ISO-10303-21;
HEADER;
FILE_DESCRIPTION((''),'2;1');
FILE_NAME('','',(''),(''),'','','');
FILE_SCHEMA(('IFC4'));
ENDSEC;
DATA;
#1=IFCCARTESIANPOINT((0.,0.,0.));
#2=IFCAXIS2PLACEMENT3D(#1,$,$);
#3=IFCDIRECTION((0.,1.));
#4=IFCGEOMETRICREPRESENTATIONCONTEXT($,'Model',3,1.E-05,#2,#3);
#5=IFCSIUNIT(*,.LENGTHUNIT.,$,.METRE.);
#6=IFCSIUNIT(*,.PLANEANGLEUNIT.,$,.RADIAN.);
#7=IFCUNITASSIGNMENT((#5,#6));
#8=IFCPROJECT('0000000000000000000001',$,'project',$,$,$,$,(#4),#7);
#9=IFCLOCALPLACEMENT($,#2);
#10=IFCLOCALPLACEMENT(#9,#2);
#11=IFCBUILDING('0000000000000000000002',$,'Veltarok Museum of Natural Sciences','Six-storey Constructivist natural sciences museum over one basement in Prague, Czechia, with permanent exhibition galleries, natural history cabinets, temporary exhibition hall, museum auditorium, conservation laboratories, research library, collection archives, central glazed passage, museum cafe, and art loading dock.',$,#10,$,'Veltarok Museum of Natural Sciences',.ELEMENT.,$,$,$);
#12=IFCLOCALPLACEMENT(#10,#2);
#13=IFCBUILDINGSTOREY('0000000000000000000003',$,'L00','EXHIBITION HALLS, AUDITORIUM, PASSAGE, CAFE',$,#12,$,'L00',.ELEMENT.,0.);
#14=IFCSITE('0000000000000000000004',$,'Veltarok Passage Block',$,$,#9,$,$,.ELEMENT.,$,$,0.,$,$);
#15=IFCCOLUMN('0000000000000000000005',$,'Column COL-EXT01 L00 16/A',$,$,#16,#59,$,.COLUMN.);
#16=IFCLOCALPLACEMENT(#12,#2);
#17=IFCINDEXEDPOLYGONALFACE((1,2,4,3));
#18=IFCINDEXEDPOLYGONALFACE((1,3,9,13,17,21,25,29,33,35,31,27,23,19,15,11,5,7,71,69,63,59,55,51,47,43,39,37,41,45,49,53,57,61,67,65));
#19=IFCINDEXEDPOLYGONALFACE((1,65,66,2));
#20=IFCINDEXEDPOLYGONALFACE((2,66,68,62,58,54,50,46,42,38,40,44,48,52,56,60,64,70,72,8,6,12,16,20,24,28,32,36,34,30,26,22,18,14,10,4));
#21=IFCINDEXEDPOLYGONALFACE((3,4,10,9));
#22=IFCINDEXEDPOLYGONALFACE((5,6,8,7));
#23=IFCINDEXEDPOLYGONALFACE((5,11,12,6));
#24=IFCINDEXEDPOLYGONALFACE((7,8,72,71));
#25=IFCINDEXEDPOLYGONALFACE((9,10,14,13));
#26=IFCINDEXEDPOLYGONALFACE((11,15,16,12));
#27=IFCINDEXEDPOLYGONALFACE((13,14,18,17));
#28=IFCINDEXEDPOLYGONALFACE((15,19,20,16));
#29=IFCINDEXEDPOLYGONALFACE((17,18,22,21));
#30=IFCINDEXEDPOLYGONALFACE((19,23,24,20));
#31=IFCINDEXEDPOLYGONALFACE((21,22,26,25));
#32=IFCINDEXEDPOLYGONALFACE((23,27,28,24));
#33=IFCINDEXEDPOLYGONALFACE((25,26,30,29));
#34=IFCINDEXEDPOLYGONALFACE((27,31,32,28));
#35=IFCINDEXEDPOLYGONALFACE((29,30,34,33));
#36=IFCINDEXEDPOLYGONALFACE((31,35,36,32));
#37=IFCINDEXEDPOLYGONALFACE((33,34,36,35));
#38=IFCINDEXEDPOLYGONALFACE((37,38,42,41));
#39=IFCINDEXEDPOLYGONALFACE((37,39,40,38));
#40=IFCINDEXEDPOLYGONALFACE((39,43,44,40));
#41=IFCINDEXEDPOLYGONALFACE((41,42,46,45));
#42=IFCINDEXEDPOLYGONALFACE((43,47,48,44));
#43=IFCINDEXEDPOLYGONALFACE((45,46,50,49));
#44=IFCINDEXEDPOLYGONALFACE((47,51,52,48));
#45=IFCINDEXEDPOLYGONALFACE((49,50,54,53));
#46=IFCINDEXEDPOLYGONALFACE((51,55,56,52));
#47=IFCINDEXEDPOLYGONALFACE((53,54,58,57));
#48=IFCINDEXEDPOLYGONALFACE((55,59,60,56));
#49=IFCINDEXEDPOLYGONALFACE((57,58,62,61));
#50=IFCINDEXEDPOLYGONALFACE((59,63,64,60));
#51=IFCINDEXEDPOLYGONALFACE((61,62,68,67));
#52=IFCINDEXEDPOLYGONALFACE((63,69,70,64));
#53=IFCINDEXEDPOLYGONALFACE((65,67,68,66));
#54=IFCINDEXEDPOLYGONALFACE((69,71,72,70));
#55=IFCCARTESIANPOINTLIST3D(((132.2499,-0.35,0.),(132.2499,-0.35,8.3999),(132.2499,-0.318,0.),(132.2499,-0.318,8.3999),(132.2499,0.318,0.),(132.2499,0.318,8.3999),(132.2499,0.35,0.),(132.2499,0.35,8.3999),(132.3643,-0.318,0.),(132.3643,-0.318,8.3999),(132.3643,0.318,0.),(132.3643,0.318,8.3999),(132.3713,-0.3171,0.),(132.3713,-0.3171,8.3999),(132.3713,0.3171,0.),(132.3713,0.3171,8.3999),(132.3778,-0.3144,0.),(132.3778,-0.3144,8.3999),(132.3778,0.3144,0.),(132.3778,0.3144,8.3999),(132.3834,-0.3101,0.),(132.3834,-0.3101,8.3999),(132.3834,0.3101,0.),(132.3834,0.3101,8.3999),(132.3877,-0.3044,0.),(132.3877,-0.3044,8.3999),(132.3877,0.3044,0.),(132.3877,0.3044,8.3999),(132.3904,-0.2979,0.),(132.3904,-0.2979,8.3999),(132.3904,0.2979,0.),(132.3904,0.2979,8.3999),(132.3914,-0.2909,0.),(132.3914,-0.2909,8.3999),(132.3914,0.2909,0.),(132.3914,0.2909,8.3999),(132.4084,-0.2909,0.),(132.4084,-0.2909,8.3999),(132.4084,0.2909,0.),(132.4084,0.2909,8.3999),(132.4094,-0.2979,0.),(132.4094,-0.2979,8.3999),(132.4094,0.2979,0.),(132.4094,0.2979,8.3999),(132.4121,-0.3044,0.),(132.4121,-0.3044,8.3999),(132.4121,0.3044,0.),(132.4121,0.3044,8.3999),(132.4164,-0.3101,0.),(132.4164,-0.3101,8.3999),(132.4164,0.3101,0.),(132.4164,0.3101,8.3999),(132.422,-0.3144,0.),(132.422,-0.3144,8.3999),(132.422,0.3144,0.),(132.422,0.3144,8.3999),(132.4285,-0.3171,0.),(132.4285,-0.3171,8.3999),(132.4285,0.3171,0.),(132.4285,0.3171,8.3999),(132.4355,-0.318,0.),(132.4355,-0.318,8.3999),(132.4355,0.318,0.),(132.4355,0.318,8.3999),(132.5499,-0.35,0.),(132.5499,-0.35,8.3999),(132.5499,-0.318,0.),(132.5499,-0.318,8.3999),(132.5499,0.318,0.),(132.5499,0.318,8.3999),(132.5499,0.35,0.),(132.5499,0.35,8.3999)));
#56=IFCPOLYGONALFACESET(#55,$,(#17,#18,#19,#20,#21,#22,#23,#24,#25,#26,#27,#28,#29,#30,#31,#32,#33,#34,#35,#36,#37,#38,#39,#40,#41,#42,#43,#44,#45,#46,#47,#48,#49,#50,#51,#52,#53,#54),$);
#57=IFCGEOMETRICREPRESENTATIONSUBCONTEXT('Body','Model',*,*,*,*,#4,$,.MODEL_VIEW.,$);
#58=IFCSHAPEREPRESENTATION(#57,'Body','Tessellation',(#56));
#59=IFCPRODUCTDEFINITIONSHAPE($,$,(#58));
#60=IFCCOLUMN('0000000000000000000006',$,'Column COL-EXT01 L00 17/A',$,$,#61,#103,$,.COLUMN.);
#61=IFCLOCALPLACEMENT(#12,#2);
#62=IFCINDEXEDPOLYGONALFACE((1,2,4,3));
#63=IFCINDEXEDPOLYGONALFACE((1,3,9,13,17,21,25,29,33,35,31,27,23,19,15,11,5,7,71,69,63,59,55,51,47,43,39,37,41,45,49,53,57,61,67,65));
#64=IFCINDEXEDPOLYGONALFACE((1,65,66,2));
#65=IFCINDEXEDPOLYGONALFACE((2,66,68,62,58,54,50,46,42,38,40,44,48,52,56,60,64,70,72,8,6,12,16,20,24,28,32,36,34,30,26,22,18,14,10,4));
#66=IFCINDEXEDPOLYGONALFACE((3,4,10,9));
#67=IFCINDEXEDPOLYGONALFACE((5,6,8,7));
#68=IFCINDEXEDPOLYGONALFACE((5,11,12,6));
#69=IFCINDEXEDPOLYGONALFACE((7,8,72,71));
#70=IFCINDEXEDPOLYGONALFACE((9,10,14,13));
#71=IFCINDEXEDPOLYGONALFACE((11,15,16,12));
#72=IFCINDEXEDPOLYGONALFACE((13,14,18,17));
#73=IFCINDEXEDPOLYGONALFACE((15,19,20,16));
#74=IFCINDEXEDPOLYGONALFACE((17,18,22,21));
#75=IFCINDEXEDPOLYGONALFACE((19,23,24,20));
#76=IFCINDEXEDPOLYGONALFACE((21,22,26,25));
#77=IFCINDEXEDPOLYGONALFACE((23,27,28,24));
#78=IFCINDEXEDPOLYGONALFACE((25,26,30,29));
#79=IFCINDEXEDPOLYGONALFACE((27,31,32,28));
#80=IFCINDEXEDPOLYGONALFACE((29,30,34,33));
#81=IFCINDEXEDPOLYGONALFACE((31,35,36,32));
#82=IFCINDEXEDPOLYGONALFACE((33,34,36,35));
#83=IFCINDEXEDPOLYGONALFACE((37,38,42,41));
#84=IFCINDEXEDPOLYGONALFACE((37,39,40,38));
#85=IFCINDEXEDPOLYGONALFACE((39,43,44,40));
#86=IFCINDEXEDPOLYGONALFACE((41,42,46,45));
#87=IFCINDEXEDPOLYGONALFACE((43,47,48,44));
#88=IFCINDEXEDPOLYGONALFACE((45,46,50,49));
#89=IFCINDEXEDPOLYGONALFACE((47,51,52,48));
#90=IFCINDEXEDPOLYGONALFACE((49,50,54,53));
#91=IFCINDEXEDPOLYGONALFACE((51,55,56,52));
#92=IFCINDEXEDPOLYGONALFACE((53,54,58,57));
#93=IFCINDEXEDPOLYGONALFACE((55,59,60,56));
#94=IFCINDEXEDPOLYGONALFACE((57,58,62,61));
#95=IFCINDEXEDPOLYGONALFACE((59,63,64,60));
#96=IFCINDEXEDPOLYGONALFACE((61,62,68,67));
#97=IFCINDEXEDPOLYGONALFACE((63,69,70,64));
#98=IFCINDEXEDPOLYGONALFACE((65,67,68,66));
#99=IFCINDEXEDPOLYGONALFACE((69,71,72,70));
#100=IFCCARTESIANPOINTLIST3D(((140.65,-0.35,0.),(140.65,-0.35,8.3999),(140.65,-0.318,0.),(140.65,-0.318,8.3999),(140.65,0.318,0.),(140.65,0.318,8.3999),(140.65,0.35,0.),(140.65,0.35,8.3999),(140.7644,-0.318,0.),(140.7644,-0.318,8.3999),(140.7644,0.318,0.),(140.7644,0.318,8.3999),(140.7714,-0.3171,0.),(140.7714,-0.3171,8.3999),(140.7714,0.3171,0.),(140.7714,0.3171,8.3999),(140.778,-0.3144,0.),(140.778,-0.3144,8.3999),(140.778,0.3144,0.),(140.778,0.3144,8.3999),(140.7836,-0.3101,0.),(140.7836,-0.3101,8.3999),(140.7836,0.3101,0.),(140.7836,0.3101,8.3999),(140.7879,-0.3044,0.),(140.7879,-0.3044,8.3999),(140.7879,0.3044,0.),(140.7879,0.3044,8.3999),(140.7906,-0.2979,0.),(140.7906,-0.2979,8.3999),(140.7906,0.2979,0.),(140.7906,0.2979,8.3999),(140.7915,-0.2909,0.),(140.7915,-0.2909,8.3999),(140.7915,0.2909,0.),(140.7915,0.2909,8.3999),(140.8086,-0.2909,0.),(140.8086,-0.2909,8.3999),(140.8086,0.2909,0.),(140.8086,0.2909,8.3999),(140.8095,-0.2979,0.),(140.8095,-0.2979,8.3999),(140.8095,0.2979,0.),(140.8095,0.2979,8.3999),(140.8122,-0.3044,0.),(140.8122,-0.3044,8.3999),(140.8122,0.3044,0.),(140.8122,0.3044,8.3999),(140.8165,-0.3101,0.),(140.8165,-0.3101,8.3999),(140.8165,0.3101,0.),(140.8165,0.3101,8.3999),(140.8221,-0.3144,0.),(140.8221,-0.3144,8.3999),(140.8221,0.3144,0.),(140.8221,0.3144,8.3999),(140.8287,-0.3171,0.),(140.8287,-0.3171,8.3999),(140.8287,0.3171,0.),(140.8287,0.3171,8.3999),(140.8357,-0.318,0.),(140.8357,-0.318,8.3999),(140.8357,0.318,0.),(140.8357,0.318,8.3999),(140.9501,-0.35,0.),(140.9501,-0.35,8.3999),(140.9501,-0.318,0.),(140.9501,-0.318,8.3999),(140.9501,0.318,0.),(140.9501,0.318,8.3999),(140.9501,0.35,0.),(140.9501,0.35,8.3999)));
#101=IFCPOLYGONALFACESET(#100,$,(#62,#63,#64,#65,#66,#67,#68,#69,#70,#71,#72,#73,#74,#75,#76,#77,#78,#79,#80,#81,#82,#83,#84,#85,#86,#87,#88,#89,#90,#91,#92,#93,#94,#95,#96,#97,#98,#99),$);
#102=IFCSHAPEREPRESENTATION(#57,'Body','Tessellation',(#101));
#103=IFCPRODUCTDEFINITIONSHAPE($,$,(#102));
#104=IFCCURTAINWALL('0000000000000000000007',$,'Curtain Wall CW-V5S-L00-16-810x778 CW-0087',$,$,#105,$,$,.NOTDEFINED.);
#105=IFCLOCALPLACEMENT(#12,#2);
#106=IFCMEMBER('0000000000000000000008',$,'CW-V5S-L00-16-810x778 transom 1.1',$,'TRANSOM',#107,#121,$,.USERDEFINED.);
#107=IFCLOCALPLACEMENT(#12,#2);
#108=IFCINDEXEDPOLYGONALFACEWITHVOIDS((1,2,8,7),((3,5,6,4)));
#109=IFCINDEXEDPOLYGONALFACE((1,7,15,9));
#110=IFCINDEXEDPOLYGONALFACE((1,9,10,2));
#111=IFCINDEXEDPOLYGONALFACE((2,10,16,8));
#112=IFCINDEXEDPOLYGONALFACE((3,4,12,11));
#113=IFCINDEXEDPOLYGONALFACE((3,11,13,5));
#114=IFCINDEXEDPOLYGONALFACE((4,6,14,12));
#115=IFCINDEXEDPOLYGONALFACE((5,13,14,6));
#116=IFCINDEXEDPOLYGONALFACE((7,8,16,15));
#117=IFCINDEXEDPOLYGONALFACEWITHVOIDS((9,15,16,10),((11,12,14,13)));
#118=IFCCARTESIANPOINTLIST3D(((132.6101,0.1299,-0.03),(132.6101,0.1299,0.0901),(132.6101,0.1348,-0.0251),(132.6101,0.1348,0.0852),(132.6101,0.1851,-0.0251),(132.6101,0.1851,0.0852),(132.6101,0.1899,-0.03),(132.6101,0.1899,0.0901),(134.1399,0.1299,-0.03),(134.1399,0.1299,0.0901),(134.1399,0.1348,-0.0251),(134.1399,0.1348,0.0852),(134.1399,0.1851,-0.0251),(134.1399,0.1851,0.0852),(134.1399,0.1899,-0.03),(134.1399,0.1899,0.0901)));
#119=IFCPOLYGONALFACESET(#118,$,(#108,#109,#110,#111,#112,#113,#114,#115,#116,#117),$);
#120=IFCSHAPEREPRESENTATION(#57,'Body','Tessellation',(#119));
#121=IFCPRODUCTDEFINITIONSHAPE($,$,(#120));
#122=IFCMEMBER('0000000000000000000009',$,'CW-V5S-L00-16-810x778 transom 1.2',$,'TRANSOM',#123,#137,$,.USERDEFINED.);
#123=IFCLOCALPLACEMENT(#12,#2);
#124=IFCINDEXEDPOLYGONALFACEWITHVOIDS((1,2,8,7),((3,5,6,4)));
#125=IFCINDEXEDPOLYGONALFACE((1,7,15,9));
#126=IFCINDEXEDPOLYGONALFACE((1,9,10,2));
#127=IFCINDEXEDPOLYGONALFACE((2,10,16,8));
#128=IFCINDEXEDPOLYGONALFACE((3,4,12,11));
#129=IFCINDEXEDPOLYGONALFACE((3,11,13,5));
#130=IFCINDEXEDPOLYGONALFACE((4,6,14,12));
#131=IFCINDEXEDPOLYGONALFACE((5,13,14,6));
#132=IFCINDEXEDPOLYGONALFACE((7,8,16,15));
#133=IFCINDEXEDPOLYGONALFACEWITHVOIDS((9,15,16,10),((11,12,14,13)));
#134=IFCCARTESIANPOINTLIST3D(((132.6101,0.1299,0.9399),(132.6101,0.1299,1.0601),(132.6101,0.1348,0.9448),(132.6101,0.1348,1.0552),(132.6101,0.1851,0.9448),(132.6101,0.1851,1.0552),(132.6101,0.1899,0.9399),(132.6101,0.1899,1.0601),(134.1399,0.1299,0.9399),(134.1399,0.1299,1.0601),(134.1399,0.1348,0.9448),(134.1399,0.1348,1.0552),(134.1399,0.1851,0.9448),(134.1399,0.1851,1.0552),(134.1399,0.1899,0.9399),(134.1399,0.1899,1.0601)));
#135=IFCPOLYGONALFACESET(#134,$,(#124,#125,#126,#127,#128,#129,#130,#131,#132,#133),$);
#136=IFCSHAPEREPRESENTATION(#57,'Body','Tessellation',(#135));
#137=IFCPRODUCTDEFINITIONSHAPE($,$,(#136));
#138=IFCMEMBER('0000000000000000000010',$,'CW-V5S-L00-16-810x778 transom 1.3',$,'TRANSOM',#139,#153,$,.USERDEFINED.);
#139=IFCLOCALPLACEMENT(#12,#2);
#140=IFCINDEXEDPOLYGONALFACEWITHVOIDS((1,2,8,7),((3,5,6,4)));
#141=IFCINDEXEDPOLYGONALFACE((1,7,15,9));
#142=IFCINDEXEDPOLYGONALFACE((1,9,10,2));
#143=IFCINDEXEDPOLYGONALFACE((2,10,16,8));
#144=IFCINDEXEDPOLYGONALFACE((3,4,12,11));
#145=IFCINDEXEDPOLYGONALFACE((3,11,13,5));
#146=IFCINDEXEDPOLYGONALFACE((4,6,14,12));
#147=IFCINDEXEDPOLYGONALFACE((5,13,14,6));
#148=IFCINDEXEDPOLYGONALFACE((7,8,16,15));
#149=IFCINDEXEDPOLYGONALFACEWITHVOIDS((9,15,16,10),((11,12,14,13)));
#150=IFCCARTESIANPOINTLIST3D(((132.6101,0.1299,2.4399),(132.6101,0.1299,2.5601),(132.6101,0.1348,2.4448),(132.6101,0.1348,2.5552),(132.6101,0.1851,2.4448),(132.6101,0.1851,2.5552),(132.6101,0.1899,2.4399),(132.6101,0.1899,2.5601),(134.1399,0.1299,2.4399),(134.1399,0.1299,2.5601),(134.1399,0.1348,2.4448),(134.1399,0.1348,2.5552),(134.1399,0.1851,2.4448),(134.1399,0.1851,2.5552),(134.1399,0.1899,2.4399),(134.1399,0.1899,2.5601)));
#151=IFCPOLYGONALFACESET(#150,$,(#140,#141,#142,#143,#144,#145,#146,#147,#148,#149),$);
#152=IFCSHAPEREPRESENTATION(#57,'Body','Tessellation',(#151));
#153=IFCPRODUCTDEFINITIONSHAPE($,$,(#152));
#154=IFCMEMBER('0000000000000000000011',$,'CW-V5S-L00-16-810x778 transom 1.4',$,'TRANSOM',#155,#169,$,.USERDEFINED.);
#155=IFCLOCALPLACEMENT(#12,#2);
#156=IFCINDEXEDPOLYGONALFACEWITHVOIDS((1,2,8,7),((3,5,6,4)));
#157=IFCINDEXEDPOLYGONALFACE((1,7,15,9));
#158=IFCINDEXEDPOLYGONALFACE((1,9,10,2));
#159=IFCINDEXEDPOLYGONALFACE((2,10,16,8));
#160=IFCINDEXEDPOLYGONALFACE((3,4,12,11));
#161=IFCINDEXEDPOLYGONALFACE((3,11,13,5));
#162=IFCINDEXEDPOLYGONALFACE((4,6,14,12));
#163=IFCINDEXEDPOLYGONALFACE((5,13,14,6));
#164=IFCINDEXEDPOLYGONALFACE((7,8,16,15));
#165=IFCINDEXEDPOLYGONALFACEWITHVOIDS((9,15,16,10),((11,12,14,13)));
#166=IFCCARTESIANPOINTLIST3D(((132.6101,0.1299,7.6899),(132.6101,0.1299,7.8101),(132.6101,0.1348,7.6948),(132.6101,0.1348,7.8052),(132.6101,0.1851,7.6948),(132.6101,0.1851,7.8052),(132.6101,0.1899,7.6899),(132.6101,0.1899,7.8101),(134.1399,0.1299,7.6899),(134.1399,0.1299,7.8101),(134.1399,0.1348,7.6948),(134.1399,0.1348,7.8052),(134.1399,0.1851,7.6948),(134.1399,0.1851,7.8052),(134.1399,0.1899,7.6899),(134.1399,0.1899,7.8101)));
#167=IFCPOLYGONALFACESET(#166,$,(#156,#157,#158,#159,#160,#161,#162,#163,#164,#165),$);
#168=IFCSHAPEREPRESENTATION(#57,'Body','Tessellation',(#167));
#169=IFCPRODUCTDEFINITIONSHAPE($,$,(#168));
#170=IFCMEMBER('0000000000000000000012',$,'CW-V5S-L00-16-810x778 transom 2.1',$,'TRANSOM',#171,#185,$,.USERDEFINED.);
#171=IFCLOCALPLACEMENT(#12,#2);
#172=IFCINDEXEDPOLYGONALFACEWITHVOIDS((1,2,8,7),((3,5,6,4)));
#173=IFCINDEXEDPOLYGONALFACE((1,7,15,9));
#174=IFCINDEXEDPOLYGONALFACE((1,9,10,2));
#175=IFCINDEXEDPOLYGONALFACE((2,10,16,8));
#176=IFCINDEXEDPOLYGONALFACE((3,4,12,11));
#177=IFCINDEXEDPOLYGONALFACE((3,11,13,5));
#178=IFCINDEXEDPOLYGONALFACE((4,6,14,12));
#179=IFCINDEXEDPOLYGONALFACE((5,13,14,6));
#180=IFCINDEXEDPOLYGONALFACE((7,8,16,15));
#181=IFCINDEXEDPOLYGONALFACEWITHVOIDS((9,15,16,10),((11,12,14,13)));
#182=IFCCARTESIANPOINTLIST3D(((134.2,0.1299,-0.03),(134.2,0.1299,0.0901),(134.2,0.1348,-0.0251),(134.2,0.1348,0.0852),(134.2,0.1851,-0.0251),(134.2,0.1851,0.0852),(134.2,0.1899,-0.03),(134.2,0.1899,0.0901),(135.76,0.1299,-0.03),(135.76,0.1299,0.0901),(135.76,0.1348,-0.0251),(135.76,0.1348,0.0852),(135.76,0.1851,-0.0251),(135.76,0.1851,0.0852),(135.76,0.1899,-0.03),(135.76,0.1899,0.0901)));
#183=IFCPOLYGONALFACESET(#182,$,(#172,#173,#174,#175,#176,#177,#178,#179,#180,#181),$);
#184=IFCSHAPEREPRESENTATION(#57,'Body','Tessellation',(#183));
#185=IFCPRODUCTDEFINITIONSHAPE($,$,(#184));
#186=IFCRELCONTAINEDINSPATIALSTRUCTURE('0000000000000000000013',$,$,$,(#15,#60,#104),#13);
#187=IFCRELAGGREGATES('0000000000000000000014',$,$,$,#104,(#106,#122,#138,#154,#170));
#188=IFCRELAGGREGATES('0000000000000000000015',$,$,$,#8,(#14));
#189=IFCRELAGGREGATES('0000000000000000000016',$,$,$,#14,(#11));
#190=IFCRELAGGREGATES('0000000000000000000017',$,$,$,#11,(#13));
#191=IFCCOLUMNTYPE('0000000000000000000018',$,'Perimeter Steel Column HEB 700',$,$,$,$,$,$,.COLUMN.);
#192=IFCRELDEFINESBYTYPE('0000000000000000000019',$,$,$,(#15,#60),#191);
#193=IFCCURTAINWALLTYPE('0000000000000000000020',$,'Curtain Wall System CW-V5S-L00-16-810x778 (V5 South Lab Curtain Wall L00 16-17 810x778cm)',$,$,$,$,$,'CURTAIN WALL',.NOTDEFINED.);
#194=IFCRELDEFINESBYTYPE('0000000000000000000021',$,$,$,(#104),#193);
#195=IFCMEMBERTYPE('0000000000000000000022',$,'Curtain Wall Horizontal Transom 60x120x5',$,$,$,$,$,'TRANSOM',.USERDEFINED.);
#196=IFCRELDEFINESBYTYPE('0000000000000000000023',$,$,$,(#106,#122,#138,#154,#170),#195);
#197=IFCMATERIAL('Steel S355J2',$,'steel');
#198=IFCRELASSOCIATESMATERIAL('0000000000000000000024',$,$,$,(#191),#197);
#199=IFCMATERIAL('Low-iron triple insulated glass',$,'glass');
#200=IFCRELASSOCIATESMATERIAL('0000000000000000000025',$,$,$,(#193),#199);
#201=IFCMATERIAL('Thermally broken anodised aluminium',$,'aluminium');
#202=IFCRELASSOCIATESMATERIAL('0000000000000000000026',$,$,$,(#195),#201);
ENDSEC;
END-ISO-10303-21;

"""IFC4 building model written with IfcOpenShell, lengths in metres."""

from ifc_helpers import new_model, si_unit, direction, frame, origin, origin_2d, place, context, subcontext, project, spatial, hollow_rectangle, i_section, extrude, material, material_profile, profile_set, type_object, element, aggregate, save


model = new_model("IFC4")

# Units and contexts
model_context = context("Model", 3, precision=1e-05, world=origin(), true_north=direction((0.0, 1.0)))
body_context = subcontext(model_context, "Body", "Model", "MODEL_VIEW")
ifc_project = project(units=[si_unit("LENGTHUNIT", "METRE"), si_unit("PLANEANGLEUNIT", "RADIAN")], contexts=[model_context])

# Site, building, storey
site_placement = place(None, origin())
site = spatial("IfcSite", under=ifc_project, at=site_placement, Name="Veltarok Passage Block", CompositionType="ELEMENT", RefElevation=0.0)
building_placement = place(site_placement, origin())
building = spatial("IfcBuilding", under=site, at=building_placement, Name="Veltarok Museum of Natural Sciences", Description="Six-storey Constructivist natural sciences museum over one basement in Prague, Czechia, with permanent exhibition galleries, natural history cabinets, temporary exhibition hall, museum auditorium, conservation laboratories, research library, collection archives, central glazed passage, museum cafe, and art loading dock.", LongName="Veltarok Museum of Natural Sciences", CompositionType="ELEMENT")
storey_placement = place(building_placement, origin())
storey = spatial("IfcBuildingStorey", under=building, at=storey_placement, Name="L00", Description="EXHIBITION HALLS, AUDITORIUM, PASSAGE, CAFE", LongName="L00", CompositionType="ELEMENT", Elevation=0.0)

# Columns
ifc_material_1 = material(Name="Steel S355J2", Category="steel")
ifc_material_profile_1 = material_profile(ifc_material_1, i_section(OverallWidth=0.3, OverallDepth=0.7, WebThickness=0.0171, FlangeThickness=0.032, FilletRadius=0.0271, at=origin_2d()), Name="HEB 700")
ifc_profile_set_1 = profile_set([ifc_material_profile_1], Name="Steel S355J2")
column_type = type_object("IfcColumnType", Name="Perimeter Steel Column HEB 700", PredefinedType="COLUMN", material=ifc_profile_set_1)
for number, where, z_axis, x_axis, name in (
    (1, (132.3999, 0.0, 0.0), (0.0, 0.0, 1.0), (1.0, 0.0, 0.0), "Column COL-EXT01 L00 16/A"),
    (2, (140.8, 0.0, 0.0), (0.0, 0.0, 1.0), (1.0, 0.0, 0.0), "Column COL-EXT01 L00 17/A"),
):
    element("IfcColumn", number, at=place(storey_placement, frame(where, z_axis=z_axis, x_axis=x_axis)), inside=storey, type_object=column_type, Name=name, PredefinedType="COLUMN", context=body_context, shape_type="SweptSolid", body=[
        extrude(i_section(OverallWidth=0.3, OverallDepth=0.7, WebThickness=0.0171, FlangeThickness=0.032, FilletRadius=0.0271, at=origin_2d()), origin(), (0.0, 0.0, 1.0), 8.3999),
    ])

# Curtain wall, members
ifc_material_2 = material(Name="Low-iron triple insulated glass", Category="glass")
curtain_wall_type_1 = type_object("IfcCurtainWallType", Name="Curtain Wall System CW-V5S-L00-16-810x778 (V5 South Lab Curtain Wall L00 16-17 810x778cm)", ElementType="CURTAIN WALL", PredefinedType="NOTDEFINED", material=ifc_material_2)
curtain_wall_1_placement = place(storey_placement, origin())
curtain_wall_1 = element("IfcCurtainWall", 3, at=curtain_wall_1_placement, inside=storey, type_object=curtain_wall_type_1, Name="Curtain Wall CW-V5S-L00-16-810x778 CW-0087", PredefinedType="NOTDEFINED")
ifc_material_3 = material(Name="Thermally broken anodised aluminium", Category="aluminium")
ifc_material_profile_2 = material_profile(ifc_material_3, hollow_rectangle(XDim=0.0601, YDim=0.1201, WallThickness=0.0049, at=origin_2d()), Name="CW TRANSOM 60x120x5")
ifc_profile_set_2 = profile_set([ifc_material_profile_2], Name="Thermally broken anodised aluminium")
member_type_1 = type_object("IfcMemberType", Name="Curtain Wall Horizontal Transom 60x120x5", ElementType="TRANSOM", PredefinedType="USERDEFINED", material=ifc_profile_set_2)
member_1_placement = place(storey_placement, frame((132.6101, 0.1599, 0.03), z_axis=(1.0, 0.0, 0.0), x_axis=(0.0, 1.0, 0.0)))
member_1 = element("IfcMember", 4, at=member_1_placement, type_object=member_type_1, Name="CW-V5S-L00-16-810x778 transom 1.1", ObjectType="TRANSOM", PredefinedType="USERDEFINED", context=body_context, shape_type="SweptSolid", body=[
    extrude(hollow_rectangle(XDim=0.0601, YDim=0.1201, WallThickness=0.0049, at=origin_2d()), origin(), (0.0, 0.0, 1.0), 1.5298),
])
member_2_placement = place(storey_placement, frame((132.6101, 0.1599, 1.0), z_axis=(1.0, 0.0, 0.0), x_axis=(0.0, 1.0, 0.0)))
member_2 = element("IfcMember", 5, at=member_2_placement, type_object=member_type_1, Name="CW-V5S-L00-16-810x778 transom 1.2", ObjectType="TRANSOM", PredefinedType="USERDEFINED", context=body_context, shape_type="SweptSolid", body=[
    extrude(hollow_rectangle(XDim=0.0601, YDim=0.1201, WallThickness=0.0049, at=origin_2d()), origin(), (0.0, 0.0, 1.0), 1.5298),
])
member_3_placement = place(storey_placement, frame((132.6101, 0.1599, 2.5), z_axis=(1.0, 0.0, 0.0), x_axis=(0.0, 1.0, 0.0)))
member_3 = element("IfcMember", 6, at=member_3_placement, type_object=member_type_1, Name="CW-V5S-L00-16-810x778 transom 1.3", ObjectType="TRANSOM", PredefinedType="USERDEFINED", context=body_context, shape_type="SweptSolid", body=[
    extrude(hollow_rectangle(XDim=0.0601, YDim=0.1201, WallThickness=0.0049, at=origin_2d()), origin(), (0.0, 0.0, 1.0), 1.5298),
])
member_4_placement = place(storey_placement, frame((132.6101, 0.1599, 7.75), z_axis=(1.0, 0.0, 0.0), x_axis=(0.0, 1.0, 0.0)))
member_4 = element("IfcMember", 7, at=member_4_placement, type_object=member_type_1, Name="CW-V5S-L00-16-810x778 transom 1.4", ObjectType="TRANSOM", PredefinedType="USERDEFINED", context=body_context, shape_type="SweptSolid", body=[
    extrude(hollow_rectangle(XDim=0.0601, YDim=0.1201, WallThickness=0.0049, at=origin_2d()), origin(), (0.0, 0.0, 1.0), 1.5298),
])
member_5_placement = place(storey_placement, frame((134.2, 0.1599, 0.03), z_axis=(1.0, 0.0, 0.0), x_axis=(0.0, 1.0, 0.0)))
member_5 = element("IfcMember", 8, at=member_5_placement, type_object=member_type_1, Name="CW-V5S-L00-16-810x778 transom 2.1", ObjectType="TRANSOM", PredefinedType="USERDEFINED", context=body_context, shape_type="SweptSolid", body=[
    extrude(hollow_rectangle(XDim=0.0601, YDim=0.1201, WallThickness=0.0049, at=origin_2d()), origin(), (0.0, 0.0, 1.0), 1.5601),
])

aggregate(curtain_wall_1, [member_1, member_2, member_3, member_4, member_5])

save(model, "model.ifc")
